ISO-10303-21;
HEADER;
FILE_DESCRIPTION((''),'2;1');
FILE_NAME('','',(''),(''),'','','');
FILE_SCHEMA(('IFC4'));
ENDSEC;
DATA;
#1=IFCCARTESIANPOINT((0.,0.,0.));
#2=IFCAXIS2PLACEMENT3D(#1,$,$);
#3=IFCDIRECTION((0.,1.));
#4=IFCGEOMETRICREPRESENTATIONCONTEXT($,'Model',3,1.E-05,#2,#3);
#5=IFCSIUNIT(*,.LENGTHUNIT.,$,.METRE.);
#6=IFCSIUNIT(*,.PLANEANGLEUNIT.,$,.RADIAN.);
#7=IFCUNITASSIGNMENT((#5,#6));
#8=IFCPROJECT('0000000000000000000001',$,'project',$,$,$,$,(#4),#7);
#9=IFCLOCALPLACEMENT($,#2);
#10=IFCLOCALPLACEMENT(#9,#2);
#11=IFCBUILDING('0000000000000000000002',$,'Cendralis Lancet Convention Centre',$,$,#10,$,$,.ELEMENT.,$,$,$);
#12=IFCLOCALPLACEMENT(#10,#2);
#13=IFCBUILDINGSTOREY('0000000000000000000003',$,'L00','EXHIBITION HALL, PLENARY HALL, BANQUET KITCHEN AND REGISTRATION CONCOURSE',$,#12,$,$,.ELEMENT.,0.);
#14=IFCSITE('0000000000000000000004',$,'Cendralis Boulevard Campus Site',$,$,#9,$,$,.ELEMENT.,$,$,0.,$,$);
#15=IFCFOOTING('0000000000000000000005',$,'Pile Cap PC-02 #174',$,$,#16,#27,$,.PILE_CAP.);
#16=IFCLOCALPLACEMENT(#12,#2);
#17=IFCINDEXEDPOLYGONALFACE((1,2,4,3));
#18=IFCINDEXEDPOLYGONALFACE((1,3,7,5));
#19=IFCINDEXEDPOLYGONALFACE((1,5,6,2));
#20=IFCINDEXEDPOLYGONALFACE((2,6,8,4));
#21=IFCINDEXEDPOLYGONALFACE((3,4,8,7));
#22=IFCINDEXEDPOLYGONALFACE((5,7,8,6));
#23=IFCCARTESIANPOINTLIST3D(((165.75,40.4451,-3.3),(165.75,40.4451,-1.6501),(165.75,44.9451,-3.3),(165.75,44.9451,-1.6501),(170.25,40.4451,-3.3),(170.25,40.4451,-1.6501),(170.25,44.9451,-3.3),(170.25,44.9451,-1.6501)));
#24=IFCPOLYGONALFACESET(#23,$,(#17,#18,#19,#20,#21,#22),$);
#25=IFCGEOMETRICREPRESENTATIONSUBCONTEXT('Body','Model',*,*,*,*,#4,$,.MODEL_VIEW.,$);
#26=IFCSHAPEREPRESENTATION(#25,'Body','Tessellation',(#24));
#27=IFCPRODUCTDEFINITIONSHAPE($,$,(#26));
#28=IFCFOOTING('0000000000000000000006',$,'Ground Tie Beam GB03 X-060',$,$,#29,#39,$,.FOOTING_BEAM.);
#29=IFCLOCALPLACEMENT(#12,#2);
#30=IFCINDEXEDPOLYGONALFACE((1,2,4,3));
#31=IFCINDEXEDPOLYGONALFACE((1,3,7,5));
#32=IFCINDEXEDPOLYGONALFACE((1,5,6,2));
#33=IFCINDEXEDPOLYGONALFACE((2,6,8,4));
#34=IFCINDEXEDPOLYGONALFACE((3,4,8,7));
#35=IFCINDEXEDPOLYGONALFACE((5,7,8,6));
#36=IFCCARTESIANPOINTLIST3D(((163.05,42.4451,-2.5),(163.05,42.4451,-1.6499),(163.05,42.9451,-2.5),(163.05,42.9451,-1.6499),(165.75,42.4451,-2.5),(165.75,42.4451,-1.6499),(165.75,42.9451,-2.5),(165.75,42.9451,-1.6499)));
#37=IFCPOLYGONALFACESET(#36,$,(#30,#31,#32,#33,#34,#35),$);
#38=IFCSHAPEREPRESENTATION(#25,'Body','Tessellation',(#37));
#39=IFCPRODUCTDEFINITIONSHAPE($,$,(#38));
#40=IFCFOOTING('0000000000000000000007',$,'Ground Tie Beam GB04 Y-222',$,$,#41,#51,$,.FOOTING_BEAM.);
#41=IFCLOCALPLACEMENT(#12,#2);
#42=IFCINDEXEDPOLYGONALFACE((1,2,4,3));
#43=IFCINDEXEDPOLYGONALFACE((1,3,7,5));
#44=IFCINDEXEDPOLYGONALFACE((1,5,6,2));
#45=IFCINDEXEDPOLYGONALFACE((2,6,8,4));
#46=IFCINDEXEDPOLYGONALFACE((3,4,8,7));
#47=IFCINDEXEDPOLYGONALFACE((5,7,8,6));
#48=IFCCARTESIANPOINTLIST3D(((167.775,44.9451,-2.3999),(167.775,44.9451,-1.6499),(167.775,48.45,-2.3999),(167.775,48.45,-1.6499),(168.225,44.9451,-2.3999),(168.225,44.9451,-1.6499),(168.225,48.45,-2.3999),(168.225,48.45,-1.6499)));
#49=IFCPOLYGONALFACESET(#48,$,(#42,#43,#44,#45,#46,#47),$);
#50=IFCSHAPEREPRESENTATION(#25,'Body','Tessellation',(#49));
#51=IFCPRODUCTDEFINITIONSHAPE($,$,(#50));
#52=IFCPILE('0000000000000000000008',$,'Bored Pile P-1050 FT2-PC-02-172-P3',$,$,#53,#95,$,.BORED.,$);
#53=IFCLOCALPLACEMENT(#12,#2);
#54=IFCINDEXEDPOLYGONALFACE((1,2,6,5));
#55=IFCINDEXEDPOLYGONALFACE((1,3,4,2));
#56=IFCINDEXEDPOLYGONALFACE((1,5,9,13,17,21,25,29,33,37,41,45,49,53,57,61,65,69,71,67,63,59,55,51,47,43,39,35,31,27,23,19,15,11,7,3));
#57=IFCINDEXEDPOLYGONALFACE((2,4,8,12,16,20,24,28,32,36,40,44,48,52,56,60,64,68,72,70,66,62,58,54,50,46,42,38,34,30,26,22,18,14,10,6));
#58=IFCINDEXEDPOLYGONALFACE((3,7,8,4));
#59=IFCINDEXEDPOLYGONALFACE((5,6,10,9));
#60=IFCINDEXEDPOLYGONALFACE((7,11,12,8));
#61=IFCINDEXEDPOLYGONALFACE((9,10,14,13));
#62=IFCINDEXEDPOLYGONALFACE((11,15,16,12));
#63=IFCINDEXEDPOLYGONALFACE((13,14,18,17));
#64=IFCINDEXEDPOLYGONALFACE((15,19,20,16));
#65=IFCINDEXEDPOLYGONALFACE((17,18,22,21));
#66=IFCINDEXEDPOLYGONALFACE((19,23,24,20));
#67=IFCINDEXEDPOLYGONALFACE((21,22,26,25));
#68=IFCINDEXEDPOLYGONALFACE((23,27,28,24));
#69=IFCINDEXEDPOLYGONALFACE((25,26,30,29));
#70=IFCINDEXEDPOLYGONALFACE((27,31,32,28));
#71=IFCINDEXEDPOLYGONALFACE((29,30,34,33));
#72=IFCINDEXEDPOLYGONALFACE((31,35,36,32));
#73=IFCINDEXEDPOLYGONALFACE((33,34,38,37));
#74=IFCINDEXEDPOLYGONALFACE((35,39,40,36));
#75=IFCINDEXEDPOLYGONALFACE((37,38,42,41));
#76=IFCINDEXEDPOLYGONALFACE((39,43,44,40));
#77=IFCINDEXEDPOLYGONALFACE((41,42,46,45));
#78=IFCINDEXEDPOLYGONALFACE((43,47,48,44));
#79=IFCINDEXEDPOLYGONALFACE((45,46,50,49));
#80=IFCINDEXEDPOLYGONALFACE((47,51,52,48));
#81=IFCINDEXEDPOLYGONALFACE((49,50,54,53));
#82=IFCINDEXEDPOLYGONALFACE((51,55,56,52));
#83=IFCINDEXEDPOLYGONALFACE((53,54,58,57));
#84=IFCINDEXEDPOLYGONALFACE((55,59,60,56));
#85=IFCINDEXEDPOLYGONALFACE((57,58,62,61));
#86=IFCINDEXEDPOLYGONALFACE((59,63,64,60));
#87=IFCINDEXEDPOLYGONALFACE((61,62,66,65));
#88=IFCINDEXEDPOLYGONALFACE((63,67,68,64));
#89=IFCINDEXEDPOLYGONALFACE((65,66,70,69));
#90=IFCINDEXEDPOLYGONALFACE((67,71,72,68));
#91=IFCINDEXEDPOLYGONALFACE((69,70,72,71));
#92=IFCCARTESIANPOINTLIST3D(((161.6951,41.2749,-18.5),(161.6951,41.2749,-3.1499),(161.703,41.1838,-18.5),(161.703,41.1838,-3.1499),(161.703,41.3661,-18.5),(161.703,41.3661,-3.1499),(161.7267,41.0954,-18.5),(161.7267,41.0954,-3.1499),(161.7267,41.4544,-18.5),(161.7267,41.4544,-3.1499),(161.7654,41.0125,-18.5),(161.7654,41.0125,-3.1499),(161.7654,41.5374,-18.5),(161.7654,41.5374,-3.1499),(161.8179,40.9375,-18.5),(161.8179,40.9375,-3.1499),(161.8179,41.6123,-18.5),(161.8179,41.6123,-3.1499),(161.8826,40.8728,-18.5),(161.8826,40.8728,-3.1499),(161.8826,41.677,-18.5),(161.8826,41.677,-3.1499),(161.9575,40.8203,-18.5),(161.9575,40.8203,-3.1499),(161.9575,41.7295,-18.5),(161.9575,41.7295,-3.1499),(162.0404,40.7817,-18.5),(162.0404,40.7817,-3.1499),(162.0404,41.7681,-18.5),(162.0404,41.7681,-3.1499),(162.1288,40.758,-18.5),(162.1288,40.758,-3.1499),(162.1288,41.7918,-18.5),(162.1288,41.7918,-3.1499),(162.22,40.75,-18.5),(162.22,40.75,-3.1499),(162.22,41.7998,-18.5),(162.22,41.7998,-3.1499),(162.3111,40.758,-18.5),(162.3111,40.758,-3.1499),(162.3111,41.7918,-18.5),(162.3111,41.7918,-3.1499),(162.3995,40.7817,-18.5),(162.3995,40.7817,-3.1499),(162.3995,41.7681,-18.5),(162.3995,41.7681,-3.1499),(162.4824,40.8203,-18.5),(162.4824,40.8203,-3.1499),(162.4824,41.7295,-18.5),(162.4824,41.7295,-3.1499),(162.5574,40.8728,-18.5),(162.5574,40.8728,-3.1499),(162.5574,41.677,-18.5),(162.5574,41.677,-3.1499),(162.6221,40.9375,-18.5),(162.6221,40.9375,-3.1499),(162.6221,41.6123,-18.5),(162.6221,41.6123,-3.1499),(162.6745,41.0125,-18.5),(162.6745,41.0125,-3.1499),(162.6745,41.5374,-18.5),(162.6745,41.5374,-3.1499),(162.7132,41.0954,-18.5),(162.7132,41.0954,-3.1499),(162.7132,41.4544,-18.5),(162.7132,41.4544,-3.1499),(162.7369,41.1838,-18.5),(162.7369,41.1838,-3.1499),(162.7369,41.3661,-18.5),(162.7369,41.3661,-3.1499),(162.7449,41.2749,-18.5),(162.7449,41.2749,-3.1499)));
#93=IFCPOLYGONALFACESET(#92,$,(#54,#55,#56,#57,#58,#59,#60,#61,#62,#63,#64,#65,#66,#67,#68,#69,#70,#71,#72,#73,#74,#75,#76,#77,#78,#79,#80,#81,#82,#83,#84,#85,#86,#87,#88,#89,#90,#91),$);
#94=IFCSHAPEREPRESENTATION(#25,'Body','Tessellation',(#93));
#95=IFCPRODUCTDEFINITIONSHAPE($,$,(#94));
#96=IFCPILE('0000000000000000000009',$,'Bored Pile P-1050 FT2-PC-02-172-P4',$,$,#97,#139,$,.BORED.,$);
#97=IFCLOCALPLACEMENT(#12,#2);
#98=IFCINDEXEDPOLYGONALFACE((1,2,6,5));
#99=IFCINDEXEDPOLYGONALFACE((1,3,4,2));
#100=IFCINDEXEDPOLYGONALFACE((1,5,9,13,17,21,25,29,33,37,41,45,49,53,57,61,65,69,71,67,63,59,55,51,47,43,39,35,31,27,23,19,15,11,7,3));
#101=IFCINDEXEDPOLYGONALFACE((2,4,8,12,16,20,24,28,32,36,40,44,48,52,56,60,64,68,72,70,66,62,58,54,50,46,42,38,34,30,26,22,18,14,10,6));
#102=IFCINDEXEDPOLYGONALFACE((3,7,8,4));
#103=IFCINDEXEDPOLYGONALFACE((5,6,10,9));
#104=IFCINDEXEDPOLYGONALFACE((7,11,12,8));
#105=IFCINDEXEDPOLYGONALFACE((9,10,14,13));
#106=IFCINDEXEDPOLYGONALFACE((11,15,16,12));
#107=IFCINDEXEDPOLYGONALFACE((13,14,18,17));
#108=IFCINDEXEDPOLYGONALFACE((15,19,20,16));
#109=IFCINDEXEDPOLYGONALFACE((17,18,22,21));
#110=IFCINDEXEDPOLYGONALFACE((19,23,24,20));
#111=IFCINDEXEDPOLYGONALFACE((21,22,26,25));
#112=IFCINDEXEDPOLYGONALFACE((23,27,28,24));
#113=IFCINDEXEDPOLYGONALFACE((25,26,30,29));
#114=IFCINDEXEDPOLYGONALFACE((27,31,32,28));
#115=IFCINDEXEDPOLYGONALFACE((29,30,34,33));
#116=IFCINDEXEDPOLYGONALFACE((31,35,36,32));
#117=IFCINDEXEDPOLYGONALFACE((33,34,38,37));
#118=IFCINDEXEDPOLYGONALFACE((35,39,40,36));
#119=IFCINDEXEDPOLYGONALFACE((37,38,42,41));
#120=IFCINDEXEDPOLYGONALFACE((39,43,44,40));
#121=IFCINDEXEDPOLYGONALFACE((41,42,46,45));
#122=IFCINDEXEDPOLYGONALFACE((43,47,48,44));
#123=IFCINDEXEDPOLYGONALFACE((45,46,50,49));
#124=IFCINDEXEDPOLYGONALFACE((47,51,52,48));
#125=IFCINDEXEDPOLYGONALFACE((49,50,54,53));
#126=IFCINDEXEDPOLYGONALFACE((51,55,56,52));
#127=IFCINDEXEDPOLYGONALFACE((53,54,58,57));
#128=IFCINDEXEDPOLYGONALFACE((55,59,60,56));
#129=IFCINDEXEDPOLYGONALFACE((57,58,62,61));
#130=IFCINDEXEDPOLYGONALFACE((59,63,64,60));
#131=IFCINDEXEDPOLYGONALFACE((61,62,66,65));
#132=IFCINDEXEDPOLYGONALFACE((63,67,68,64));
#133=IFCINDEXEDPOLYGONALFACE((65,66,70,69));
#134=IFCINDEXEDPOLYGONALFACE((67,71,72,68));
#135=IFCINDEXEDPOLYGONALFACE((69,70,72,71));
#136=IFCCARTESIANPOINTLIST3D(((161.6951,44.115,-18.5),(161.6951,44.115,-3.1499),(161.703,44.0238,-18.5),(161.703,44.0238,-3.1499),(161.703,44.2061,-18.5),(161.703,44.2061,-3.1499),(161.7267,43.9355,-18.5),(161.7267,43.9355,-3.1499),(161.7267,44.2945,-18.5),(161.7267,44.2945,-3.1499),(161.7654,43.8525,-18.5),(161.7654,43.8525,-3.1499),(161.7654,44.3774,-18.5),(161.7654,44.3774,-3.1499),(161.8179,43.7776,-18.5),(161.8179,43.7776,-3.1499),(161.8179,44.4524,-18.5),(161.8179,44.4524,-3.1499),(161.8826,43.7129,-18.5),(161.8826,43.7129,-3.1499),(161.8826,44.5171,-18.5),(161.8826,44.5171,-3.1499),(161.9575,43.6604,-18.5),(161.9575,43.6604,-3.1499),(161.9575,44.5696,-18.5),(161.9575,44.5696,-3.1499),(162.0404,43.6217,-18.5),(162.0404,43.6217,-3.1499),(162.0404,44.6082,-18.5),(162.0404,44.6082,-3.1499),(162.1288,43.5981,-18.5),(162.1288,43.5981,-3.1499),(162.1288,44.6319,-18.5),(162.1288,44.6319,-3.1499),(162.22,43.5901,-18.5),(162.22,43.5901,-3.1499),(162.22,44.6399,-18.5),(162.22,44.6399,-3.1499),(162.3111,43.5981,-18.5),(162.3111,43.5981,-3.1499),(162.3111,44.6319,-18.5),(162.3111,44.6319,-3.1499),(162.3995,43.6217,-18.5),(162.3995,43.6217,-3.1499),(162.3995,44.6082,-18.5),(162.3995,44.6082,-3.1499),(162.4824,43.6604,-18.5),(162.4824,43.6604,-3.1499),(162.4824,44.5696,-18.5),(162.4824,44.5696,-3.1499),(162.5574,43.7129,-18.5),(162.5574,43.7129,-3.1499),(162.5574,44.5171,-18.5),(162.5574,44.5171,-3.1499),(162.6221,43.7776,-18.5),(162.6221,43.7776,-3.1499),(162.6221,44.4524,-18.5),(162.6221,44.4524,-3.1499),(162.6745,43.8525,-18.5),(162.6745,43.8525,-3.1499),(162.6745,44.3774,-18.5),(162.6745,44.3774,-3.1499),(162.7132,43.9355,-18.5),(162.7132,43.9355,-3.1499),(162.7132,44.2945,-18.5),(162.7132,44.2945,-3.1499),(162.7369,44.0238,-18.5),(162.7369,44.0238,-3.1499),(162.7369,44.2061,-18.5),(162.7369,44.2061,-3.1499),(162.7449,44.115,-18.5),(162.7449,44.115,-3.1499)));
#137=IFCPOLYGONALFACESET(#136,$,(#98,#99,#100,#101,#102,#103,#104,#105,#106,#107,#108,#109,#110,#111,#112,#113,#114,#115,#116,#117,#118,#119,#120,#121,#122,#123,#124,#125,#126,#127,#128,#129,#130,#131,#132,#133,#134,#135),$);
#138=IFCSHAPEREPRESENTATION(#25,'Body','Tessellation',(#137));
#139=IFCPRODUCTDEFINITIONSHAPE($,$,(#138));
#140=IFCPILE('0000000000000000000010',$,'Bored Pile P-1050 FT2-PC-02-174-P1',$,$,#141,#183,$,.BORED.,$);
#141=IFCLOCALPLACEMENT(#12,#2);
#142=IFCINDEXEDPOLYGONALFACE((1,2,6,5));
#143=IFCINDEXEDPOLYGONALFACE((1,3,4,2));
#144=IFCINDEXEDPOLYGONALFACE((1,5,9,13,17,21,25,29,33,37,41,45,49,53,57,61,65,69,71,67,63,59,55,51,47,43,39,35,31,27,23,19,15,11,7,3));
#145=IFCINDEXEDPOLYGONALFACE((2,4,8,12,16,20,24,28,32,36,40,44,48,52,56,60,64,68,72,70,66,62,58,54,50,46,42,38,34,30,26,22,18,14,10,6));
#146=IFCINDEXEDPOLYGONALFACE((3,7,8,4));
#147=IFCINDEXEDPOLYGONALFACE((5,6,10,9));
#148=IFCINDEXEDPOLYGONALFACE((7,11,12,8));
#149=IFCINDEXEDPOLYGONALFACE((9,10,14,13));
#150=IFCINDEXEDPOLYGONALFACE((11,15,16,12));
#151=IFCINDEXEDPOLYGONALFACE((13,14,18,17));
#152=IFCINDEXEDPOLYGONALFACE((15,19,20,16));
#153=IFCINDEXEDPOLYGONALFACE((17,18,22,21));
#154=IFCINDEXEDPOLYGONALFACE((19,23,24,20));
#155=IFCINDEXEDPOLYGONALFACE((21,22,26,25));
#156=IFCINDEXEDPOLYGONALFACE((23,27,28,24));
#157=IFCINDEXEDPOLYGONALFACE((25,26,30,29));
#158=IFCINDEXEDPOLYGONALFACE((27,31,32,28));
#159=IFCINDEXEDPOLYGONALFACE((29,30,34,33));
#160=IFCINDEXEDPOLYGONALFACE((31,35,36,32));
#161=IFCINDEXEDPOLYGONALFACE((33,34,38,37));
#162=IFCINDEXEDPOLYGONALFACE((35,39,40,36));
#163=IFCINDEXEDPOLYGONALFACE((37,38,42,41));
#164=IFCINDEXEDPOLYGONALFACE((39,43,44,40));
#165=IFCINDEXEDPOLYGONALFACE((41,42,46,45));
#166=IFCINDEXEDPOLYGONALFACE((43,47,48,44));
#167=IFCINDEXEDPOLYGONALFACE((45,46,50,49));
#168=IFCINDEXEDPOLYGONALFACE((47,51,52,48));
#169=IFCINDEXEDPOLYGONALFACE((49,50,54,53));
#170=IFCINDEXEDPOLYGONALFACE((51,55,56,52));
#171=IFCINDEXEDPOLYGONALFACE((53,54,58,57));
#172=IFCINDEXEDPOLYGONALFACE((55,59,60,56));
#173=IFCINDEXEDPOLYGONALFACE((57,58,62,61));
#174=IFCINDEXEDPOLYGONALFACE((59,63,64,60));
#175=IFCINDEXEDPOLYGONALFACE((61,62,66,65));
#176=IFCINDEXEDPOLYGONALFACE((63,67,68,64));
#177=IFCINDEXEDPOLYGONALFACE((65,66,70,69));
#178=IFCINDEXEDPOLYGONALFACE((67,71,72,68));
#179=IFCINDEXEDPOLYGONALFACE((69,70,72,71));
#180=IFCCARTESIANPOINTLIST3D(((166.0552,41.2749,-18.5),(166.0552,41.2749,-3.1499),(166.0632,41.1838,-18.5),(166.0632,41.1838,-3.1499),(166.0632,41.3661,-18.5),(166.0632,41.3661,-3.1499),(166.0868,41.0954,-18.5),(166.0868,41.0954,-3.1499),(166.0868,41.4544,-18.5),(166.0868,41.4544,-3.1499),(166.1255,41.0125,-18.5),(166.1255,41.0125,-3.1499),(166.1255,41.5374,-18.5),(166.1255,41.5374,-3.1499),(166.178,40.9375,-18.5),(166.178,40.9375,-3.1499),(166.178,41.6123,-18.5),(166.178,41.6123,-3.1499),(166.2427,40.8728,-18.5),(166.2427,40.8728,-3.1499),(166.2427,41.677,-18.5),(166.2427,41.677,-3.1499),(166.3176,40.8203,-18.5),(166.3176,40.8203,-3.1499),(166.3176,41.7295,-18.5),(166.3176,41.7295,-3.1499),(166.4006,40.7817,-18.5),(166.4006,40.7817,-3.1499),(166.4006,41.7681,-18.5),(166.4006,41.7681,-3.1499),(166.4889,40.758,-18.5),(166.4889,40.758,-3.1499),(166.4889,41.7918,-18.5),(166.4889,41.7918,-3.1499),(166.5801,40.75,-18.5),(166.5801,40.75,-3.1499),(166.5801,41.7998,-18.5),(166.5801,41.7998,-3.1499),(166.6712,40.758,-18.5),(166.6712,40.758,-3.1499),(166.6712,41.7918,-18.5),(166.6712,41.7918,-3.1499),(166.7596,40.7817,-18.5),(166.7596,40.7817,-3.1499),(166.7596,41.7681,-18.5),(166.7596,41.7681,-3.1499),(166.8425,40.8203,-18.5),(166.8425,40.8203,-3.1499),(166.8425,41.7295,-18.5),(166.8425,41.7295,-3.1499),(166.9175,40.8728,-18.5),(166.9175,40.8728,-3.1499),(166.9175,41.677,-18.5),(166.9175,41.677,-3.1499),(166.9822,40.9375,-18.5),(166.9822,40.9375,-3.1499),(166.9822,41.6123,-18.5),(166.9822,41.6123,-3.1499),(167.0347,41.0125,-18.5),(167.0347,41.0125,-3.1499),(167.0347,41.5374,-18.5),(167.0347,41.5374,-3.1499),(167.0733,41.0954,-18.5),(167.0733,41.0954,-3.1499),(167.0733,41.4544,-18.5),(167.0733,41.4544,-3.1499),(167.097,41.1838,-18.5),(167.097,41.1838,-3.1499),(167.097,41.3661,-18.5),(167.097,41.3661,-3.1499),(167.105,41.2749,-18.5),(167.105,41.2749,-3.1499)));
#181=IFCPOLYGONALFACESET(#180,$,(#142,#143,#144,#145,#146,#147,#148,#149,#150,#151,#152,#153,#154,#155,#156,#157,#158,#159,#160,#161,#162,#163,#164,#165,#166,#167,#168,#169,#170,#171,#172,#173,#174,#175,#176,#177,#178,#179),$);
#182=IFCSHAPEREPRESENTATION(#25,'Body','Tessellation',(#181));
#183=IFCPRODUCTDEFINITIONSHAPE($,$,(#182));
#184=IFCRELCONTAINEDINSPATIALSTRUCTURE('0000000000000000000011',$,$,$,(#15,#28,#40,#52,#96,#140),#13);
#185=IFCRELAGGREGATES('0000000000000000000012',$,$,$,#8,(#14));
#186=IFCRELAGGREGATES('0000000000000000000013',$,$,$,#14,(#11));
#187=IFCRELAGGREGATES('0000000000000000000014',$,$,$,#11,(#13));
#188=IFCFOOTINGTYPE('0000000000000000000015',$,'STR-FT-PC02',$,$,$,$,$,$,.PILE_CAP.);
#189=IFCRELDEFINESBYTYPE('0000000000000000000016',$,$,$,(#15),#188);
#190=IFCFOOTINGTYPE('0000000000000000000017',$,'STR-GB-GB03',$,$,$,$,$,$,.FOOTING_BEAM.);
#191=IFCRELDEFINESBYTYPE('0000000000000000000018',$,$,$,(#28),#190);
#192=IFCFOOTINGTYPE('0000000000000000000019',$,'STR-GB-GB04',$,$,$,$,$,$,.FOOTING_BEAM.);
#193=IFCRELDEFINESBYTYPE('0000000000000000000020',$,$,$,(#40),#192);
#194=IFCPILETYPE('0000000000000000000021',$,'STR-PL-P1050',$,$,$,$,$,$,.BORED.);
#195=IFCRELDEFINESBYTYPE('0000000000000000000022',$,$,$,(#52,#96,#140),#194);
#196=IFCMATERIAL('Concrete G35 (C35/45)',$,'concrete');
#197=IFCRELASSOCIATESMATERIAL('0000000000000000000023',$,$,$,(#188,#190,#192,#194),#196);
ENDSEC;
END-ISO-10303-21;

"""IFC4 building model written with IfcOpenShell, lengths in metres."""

from ifc_helpers import new_model, si_unit, direction, frame, origin, origin_2d, place, context, subcontext, project, spatial, rectangle, circle, extrude, material, material_profile, profile_set, type_object, element, save


model = new_model("IFC4")

# Units and contexts
model_context = context("Model", 3, precision=1e-05, world=origin(), true_north=direction((0.0, 1.0)))
body_context = subcontext(model_context, "Body", "Model", "MODEL_VIEW")
ifc_project = project(units=[si_unit("LENGTHUNIT", "METRE"), si_unit("PLANEANGLEUNIT", "RADIAN")], contexts=[model_context])

# Site, building, storey
site_placement = place(None, origin())
site = spatial("IfcSite", under=ifc_project, at=site_placement, Name="Cendralis Boulevard Campus Site", CompositionType="ELEMENT", RefElevation=0.0)
building_placement = place(site_placement, origin())
building = spatial("IfcBuilding", under=site, at=building_placement, Name="Cendralis Lancet Convention Centre", CompositionType="ELEMENT")
storey_placement = place(building_placement, origin())
storey = spatial("IfcBuildingStorey", under=building, at=storey_placement, Name="L00", Description="EXHIBITION HALL, PLENARY HALL, BANQUET KITCHEN AND REGISTRATION CONCOURSE", CompositionType="ELEMENT", Elevation=0.0)

# Footings
ifc_material_1 = material(Name="Concrete G35 (C35/45)", Category="concrete")
footing_type_1 = type_object("IfcFootingType", Name="STR-FT-PC02", PredefinedType="PILE_CAP", material=ifc_material_1)
footing_1_placement = place(storey_placement, frame((168.0, 42.6951, -3.3), z_axis=(0.0, 0.0, 1.0), x_axis=(1.0, 0.0, 0.0)))
element("IfcFooting", 1, at=footing_1_placement, inside=storey, type_object=footing_type_1, Name="Pile Cap PC-02 #174", PredefinedType="PILE_CAP", context=body_context, shape_type="SweptSolid", body=[
    extrude(rectangle(XDim=4.5, YDim=4.5, at=origin_2d()), origin(), (0.0, 0.0, 1.0), 1.6499),
])
ifc_material_profile_1 = material_profile(ifc_material_1, rectangle(XDim=0.5, YDim=0.8501, at=origin_2d()), Name="RCB 500x850")
ifc_profile_set_1 = profile_set([ifc_material_profile_1], Name="Concrete G35 (C35/45)")
footing_type_2 = type_object("IfcFootingType", Name="STR-GB-GB03", PredefinedType="FOOTING_BEAM", material=ifc_profile_set_1)
footing_2_placement = place(storey_placement, frame((163.05, 42.6951, -2.075), z_axis=(1.0, 0.0, 0.0), x_axis=(0.0, 1.0, 0.0)))
element("IfcFooting", 2, at=footing_2_placement, inside=storey, type_object=footing_type_2, Name="Ground Tie Beam GB03 X-060", PredefinedType="FOOTING_BEAM", context=body_context, shape_type="SweptSolid", body=[
    extrude(rectangle(XDim=0.5, YDim=0.8501, at=origin_2d()), origin(), (0.0, 0.0, 1.0), 2.7),
])
ifc_material_profile_2 = material_profile(ifc_material_1, rectangle(XDim=0.45, YDim=0.75, at=origin_2d()), Name="RCB 450x750")
ifc_profile_set_2 = profile_set([ifc_material_profile_2], Name="Concrete G35 (C35/45)")
footing_type_3 = type_object("IfcFootingType", Name="STR-GB-GB04", PredefinedType="FOOTING_BEAM", material=ifc_profile_set_2)
footing_3_placement = place(storey_placement, frame((168.0, 44.9451, -2.0249), z_axis=(0.0, 1.0, 0.0), x_axis=(-1.0, 0.0, 0.0)))
element("IfcFooting", 3, at=footing_3_placement, inside=storey, type_object=footing_type_3, Name="Ground Tie Beam GB04 Y-222", PredefinedType="FOOTING_BEAM", context=body_context, shape_type="SweptSolid", body=[
    extrude(rectangle(XDim=0.45, YDim=0.75, at=origin_2d()), origin(), (0.0, 0.0, 1.0), 3.5049),
])

# Piles
ifc_material_profile_3 = material_profile(ifc_material_1, circle(Radius=0.5249, at=origin_2d()), Name="BORED PILE D1050")
ifc_profile_set_3 = profile_set([ifc_material_profile_3], Name="Concrete G35 (C35/45)")
pile_type = type_object("IfcPileType", Name="STR-PL-P1050", PredefinedType="BORED", material=ifc_profile_set_3)
for number, where, z_axis, x_axis, name in (
    (4, (162.22, 41.2749, -3.1499), (0.0, 0.0, -1.0), (1.0, 0.0, 0.0), "Bored Pile P-1050 FT2-PC-02-172-P3"),
    (5, (162.22, 44.115, -3.1499), (0.0, 0.0, -1.0), (1.0, 0.0, 0.0), "Bored Pile P-1050 FT2-PC-02-172-P4"),
    (6, (166.5801, 41.2749, -3.1499), (0.0, 0.0, -1.0), (1.0, 0.0, 0.0), "Bored Pile P-1050 FT2-PC-02-174-P1"),
):
    element("IfcPile", number, at=place(storey_placement, frame(where, z_axis=z_axis, x_axis=x_axis)), inside=storey, type_object=pile_type, Name=name, PredefinedType="BORED", context=body_context, shape_type="SweptSolid", body=[
        extrude(circle(Radius=0.5249, at=origin_2d()), origin(), (0.0, 0.0, 1.0), 15.3501),
    ])

save(model, "model.ifc")
